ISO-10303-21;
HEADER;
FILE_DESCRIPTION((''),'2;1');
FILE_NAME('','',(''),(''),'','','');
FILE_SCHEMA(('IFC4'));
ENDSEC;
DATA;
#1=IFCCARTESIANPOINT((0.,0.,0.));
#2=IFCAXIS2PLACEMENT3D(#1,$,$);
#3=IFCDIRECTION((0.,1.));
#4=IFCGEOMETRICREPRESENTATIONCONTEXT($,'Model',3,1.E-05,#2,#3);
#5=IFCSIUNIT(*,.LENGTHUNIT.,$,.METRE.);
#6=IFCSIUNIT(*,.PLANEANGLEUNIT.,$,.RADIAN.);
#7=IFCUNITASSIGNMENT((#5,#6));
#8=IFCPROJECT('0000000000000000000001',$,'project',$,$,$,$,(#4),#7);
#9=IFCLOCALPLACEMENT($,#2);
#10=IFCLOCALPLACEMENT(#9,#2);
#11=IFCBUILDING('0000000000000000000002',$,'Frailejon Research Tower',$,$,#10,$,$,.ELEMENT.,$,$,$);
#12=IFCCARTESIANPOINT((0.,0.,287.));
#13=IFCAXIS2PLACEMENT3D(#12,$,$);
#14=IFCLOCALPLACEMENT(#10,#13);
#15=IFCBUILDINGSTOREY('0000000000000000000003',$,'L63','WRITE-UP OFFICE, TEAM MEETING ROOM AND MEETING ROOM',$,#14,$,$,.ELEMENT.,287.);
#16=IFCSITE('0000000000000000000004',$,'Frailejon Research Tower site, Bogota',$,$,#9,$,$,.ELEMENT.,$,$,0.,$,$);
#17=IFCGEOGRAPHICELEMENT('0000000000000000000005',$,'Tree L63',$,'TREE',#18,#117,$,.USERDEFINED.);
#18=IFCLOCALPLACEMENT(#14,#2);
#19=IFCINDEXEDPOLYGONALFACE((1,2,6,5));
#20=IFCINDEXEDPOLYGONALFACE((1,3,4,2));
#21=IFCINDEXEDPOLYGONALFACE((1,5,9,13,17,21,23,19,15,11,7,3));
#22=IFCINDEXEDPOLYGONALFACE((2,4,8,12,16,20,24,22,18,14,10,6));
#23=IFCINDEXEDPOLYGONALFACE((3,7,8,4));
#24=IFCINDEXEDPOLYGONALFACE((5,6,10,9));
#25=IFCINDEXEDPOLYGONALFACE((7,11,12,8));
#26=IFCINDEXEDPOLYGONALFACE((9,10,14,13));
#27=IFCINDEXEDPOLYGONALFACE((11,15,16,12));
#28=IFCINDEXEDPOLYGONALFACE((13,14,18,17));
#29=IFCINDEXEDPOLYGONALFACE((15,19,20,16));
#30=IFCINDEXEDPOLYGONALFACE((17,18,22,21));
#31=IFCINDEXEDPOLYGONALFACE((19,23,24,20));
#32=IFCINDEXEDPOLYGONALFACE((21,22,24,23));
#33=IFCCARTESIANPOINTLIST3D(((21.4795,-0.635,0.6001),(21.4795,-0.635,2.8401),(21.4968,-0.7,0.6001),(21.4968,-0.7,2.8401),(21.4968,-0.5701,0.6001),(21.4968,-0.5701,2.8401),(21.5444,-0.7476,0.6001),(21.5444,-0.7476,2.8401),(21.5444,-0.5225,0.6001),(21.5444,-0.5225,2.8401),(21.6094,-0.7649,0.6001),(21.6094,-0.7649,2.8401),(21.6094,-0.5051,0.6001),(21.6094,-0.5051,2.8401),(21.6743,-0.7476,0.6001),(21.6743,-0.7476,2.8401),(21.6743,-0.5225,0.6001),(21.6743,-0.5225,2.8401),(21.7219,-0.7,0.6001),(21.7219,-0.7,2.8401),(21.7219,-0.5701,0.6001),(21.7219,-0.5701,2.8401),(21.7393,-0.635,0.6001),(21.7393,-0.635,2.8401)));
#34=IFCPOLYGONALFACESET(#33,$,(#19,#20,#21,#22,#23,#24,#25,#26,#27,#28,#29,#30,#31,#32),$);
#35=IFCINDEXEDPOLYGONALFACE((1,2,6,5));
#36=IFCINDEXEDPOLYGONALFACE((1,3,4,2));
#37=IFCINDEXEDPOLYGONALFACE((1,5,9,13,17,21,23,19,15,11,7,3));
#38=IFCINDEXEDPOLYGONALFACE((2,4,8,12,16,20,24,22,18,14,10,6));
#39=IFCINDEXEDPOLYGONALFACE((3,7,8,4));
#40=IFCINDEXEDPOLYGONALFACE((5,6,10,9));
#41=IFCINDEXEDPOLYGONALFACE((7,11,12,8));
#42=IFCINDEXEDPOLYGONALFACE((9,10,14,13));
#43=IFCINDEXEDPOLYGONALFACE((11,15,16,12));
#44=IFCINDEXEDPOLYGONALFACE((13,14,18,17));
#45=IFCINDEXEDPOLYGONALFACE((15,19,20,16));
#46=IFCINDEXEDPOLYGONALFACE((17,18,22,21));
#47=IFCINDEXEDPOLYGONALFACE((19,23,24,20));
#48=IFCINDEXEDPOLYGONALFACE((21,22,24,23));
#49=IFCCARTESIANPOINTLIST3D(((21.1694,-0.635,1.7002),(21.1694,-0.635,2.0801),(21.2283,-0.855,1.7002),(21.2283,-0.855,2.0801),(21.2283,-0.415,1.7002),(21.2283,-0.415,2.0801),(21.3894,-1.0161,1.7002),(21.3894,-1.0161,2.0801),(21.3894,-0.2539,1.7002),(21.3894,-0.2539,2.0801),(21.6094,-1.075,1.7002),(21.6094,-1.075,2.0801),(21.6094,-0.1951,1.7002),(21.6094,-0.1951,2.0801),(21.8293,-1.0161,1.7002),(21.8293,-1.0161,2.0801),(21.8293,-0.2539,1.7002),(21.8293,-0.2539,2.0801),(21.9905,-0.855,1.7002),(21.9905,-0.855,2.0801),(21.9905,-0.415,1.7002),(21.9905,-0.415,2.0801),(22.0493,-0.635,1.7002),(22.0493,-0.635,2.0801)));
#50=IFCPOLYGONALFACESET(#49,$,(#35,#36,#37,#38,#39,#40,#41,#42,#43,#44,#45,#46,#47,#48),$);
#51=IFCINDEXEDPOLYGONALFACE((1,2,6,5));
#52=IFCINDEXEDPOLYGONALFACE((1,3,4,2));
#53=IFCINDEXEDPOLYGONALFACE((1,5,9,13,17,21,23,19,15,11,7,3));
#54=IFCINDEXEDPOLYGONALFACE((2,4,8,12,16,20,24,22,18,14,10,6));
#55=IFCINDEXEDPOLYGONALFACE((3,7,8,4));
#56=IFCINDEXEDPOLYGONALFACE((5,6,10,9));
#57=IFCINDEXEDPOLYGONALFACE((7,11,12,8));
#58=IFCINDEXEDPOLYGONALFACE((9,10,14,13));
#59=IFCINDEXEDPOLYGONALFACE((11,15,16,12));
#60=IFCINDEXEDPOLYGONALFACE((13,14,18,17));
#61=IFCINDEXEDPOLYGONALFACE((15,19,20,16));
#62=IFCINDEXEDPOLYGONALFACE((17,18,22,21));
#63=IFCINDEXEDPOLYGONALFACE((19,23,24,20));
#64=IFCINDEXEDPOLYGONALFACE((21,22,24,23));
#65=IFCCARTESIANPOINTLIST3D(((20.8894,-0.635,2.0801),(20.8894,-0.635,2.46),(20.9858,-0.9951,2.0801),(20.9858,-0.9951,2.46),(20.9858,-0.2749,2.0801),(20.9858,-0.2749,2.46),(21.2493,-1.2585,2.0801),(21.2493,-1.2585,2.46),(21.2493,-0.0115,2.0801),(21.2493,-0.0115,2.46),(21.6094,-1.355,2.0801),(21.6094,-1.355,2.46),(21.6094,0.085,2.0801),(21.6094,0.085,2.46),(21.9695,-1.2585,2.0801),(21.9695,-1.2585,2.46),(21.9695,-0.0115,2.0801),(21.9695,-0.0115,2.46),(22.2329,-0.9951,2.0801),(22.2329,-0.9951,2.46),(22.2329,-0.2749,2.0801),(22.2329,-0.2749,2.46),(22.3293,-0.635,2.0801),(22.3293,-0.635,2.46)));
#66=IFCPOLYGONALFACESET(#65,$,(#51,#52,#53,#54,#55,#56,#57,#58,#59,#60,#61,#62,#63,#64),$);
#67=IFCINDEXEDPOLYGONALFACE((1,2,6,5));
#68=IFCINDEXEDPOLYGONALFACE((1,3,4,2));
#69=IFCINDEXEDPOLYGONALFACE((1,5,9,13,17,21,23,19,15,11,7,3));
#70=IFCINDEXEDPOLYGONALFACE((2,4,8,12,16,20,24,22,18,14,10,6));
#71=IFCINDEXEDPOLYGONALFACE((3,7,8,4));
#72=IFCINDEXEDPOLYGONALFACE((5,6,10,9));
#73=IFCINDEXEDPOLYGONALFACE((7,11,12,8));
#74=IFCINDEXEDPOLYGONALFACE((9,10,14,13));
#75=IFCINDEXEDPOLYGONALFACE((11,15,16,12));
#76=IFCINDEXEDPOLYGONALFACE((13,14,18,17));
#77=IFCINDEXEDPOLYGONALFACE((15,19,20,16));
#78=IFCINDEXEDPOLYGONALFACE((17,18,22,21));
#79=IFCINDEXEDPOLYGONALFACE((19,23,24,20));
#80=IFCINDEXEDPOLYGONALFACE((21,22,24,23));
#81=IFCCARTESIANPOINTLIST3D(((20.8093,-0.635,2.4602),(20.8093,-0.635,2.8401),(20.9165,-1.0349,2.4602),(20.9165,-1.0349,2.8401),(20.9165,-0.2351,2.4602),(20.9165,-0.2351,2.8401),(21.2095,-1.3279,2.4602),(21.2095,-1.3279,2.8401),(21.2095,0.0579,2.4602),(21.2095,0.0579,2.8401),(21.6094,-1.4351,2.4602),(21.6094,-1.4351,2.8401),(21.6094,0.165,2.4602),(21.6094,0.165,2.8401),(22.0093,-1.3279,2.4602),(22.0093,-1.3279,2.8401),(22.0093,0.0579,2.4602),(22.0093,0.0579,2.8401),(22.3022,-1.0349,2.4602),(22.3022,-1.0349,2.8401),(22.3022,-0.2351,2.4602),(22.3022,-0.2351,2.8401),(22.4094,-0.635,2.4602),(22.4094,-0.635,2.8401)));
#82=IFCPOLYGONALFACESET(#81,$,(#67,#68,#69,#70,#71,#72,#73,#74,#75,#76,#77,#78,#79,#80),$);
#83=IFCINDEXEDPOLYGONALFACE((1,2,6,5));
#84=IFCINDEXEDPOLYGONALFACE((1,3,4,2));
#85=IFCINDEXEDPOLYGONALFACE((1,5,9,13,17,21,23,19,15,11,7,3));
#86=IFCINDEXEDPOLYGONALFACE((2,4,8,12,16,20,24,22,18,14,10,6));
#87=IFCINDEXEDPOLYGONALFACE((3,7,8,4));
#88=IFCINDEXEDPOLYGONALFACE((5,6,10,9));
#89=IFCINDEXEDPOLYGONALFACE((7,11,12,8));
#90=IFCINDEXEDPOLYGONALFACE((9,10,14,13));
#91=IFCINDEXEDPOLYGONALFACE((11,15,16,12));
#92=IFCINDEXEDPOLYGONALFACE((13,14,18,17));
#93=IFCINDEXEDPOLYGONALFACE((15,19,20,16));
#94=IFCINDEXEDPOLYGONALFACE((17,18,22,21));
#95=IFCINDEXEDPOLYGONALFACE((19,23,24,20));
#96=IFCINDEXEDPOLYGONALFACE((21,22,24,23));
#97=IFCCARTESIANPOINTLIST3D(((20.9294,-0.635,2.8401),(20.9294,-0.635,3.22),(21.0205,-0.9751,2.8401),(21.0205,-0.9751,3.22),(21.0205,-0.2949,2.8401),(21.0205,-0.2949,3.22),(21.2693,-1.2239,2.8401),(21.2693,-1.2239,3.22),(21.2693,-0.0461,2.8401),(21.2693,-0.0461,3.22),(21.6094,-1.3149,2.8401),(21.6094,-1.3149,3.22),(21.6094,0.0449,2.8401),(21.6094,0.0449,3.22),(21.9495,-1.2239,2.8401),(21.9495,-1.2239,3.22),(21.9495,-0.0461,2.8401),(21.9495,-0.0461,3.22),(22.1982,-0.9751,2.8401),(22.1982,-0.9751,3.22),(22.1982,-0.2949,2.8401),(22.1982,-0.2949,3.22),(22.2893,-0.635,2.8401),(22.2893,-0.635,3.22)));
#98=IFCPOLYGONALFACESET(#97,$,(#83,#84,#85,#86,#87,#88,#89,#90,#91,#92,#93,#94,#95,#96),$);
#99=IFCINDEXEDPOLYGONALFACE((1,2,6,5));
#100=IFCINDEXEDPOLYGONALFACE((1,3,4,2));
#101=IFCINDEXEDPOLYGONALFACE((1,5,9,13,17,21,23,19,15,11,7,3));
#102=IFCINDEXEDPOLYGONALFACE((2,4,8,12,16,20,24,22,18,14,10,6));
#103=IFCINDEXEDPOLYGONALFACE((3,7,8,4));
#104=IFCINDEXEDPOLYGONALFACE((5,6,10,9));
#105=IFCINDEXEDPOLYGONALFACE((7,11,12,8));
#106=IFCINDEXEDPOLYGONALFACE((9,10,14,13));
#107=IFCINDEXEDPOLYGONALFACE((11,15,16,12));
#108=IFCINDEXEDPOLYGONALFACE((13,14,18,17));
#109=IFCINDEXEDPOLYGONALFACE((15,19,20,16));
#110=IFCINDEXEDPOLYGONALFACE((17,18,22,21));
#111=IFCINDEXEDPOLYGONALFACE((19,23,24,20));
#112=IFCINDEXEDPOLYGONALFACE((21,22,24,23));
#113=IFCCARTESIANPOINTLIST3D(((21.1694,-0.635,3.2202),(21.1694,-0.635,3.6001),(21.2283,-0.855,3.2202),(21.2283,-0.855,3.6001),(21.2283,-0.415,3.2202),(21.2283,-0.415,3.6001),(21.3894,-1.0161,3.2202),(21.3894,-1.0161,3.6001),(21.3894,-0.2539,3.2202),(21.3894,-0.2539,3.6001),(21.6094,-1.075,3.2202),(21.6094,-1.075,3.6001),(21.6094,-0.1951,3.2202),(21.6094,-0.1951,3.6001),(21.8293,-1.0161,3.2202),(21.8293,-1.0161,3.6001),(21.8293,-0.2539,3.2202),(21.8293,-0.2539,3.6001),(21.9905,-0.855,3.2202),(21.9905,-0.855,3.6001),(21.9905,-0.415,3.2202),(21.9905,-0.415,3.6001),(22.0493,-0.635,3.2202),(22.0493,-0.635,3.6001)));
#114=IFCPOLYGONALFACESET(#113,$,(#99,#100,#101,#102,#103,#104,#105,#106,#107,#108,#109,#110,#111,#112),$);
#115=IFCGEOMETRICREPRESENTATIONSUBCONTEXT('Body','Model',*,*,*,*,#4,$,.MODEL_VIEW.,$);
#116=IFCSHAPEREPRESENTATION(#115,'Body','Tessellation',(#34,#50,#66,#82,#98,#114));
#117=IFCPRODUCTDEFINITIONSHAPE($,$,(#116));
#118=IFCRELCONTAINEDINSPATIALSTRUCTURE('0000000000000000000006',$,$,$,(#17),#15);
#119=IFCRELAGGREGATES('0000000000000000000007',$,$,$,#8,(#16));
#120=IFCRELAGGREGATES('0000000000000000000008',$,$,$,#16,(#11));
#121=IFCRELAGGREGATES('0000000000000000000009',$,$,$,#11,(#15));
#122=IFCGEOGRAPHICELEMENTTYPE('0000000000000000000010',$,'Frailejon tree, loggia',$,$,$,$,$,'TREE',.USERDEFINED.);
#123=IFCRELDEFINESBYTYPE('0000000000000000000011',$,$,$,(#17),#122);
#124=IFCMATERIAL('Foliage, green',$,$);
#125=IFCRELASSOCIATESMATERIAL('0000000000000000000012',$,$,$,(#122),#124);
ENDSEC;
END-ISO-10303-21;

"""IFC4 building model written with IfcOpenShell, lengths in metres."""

from ifc_helpers import new_model, si_unit, direction, frame, origin, place, context, subcontext, project, spatial, polyline, outline, extrude, material, type_object, element, save


model = new_model("IFC4")

# Units and contexts
model_context = context("Model", 3, precision=1e-05, world=origin(), true_north=direction((0.0, 1.0)))
body_context = subcontext(model_context, "Body", "Model", "MODEL_VIEW")
ifc_project = project(units=[si_unit("LENGTHUNIT", "METRE"), si_unit("PLANEANGLEUNIT", "RADIAN")], contexts=[model_context])

# Site, building, storey
site_placement = place(None, origin())
site = spatial("IfcSite", under=ifc_project, at=site_placement, Name="Frailejon Research Tower site, Bogota", CompositionType="ELEMENT", RefElevation=0.0)
building_placement = place(site_placement, origin())
building = spatial("IfcBuilding", under=site, at=building_placement, Name="Frailejon Research Tower", CompositionType="ELEMENT")
storey_placement = place(building_placement, frame((0.0, 0.0, 287.0)))
storey = spatial("IfcBuildingStorey", under=building, at=storey_placement, Name="L63", Description="WRITE-UP OFFICE, TEAM MEETING ROOM AND MEETING ROOM", CompositionType="ELEMENT", Elevation=287.0)

# Geographic element
ifc_material_1 = material(Name="Foliage, green")
geographic_element_type = type_object("IfcGeographicElementType", Name="Frailejon tree, loggia", ElementType="TREE", PredefinedType="USERDEFINED", material=ifc_material_1)
geographic_element_placement = place(storey_placement, frame((21.6094, -0.635, 0.6001)))
element("IfcGeographicElement", 1, at=geographic_element_placement, inside=storey, type_object=geographic_element_type, Name="Tree L63", ObjectType="TREE", PredefinedType="USERDEFINED", context=body_context, shape_type="SweptSolid", body=[
    extrude(outline(polyline([(0.1299, 0.0), (0.1125, 0.0649), (0.0649, 0.1125), (0.0, 0.1299), (-0.0649, 0.1125), (-0.1125, 0.0649), (-0.1299, 0.0), (-0.1125, -0.0649), (-0.0649, -0.1125), (0.0, -0.1299), (0.0649, -0.1125), (0.1125, -0.0649), (0.1299, 0.0)])), origin(), (0.0, 0.0, 1.0), 2.24),
    extrude(outline(polyline([(0.4399, 0.0), (0.3811, 0.22), (0.22, 0.3811), (0.0, 0.4399), (-0.22, 0.3811), (-0.3811, 0.22), (-0.4399, 0.0), (-0.3811, -0.22), (-0.22, -0.3811), (0.0, -0.4399), (0.22, -0.3811), (0.3811, -0.22), (0.4399, 0.0)])), frame((0.0, 0.0, 1.1001)), (0.0, 0.0, 1.0), 0.3799),
    extrude(outline(polyline([(0.72, 0.0), (0.6235, 0.3601), (0.3601, 0.6235), (0.0, 0.72), (-0.3601, 0.6235), (-0.6235, 0.3601), (-0.72, 0.0), (-0.6235, -0.3601), (-0.3601, -0.6235), (0.0, -0.72), (0.3601, -0.6235), (0.6235, -0.3601), (0.72, 0.0)])), frame((0.0, 0.0, 1.48)), (0.0, 0.0, 1.0), 0.3799),
    extrude(outline(polyline([(0.8, 0.0), (0.6929, 0.3999), (0.3999, 0.6929), (0.0, 0.8), (-0.3999, 0.6929), (-0.6929, 0.3999), (-0.8, 0.0), (-0.6929, -0.3999), (-0.3999, -0.6929), (0.0, -0.8), (0.3999, -0.6929), (0.6929, -0.3999), (0.8, 0.0)])), frame((0.0, 0.0, 1.8601)), (0.0, 0.0, 1.0), 0.3799),
    extrude(outline(polyline([(0.6799, 0.0), (0.5889, 0.3401), (0.3401, 0.5889), (0.0, 0.6799), (-0.3401, 0.5889), (-0.5889, 0.3401), (-0.6799, 0.0), (-0.5889, -0.3401), (-0.3401, -0.5889), (0.0, -0.6799), (0.3401, -0.5889), (0.5889, -0.3401), (0.6799, 0.0)])), frame((0.0, 0.0, 2.24)), (0.0, 0.0, 1.0), 0.3799),
    extrude(outline(polyline([(0.4399, 0.0), (0.3811, 0.22), (0.22, 0.3811), (0.0, 0.4399), (-0.22, 0.3811), (-0.3811, 0.22), (-0.4399, 0.0), (-0.3811, -0.22), (-0.22, -0.3811), (0.0, -0.4399), (0.22, -0.3811), (0.3811, -0.22), (0.4399, 0.0)])), frame((0.0, 0.0, 2.6201)), (0.0, 0.0, 1.0), 0.3799),
])

save(model, "model.ifc")
